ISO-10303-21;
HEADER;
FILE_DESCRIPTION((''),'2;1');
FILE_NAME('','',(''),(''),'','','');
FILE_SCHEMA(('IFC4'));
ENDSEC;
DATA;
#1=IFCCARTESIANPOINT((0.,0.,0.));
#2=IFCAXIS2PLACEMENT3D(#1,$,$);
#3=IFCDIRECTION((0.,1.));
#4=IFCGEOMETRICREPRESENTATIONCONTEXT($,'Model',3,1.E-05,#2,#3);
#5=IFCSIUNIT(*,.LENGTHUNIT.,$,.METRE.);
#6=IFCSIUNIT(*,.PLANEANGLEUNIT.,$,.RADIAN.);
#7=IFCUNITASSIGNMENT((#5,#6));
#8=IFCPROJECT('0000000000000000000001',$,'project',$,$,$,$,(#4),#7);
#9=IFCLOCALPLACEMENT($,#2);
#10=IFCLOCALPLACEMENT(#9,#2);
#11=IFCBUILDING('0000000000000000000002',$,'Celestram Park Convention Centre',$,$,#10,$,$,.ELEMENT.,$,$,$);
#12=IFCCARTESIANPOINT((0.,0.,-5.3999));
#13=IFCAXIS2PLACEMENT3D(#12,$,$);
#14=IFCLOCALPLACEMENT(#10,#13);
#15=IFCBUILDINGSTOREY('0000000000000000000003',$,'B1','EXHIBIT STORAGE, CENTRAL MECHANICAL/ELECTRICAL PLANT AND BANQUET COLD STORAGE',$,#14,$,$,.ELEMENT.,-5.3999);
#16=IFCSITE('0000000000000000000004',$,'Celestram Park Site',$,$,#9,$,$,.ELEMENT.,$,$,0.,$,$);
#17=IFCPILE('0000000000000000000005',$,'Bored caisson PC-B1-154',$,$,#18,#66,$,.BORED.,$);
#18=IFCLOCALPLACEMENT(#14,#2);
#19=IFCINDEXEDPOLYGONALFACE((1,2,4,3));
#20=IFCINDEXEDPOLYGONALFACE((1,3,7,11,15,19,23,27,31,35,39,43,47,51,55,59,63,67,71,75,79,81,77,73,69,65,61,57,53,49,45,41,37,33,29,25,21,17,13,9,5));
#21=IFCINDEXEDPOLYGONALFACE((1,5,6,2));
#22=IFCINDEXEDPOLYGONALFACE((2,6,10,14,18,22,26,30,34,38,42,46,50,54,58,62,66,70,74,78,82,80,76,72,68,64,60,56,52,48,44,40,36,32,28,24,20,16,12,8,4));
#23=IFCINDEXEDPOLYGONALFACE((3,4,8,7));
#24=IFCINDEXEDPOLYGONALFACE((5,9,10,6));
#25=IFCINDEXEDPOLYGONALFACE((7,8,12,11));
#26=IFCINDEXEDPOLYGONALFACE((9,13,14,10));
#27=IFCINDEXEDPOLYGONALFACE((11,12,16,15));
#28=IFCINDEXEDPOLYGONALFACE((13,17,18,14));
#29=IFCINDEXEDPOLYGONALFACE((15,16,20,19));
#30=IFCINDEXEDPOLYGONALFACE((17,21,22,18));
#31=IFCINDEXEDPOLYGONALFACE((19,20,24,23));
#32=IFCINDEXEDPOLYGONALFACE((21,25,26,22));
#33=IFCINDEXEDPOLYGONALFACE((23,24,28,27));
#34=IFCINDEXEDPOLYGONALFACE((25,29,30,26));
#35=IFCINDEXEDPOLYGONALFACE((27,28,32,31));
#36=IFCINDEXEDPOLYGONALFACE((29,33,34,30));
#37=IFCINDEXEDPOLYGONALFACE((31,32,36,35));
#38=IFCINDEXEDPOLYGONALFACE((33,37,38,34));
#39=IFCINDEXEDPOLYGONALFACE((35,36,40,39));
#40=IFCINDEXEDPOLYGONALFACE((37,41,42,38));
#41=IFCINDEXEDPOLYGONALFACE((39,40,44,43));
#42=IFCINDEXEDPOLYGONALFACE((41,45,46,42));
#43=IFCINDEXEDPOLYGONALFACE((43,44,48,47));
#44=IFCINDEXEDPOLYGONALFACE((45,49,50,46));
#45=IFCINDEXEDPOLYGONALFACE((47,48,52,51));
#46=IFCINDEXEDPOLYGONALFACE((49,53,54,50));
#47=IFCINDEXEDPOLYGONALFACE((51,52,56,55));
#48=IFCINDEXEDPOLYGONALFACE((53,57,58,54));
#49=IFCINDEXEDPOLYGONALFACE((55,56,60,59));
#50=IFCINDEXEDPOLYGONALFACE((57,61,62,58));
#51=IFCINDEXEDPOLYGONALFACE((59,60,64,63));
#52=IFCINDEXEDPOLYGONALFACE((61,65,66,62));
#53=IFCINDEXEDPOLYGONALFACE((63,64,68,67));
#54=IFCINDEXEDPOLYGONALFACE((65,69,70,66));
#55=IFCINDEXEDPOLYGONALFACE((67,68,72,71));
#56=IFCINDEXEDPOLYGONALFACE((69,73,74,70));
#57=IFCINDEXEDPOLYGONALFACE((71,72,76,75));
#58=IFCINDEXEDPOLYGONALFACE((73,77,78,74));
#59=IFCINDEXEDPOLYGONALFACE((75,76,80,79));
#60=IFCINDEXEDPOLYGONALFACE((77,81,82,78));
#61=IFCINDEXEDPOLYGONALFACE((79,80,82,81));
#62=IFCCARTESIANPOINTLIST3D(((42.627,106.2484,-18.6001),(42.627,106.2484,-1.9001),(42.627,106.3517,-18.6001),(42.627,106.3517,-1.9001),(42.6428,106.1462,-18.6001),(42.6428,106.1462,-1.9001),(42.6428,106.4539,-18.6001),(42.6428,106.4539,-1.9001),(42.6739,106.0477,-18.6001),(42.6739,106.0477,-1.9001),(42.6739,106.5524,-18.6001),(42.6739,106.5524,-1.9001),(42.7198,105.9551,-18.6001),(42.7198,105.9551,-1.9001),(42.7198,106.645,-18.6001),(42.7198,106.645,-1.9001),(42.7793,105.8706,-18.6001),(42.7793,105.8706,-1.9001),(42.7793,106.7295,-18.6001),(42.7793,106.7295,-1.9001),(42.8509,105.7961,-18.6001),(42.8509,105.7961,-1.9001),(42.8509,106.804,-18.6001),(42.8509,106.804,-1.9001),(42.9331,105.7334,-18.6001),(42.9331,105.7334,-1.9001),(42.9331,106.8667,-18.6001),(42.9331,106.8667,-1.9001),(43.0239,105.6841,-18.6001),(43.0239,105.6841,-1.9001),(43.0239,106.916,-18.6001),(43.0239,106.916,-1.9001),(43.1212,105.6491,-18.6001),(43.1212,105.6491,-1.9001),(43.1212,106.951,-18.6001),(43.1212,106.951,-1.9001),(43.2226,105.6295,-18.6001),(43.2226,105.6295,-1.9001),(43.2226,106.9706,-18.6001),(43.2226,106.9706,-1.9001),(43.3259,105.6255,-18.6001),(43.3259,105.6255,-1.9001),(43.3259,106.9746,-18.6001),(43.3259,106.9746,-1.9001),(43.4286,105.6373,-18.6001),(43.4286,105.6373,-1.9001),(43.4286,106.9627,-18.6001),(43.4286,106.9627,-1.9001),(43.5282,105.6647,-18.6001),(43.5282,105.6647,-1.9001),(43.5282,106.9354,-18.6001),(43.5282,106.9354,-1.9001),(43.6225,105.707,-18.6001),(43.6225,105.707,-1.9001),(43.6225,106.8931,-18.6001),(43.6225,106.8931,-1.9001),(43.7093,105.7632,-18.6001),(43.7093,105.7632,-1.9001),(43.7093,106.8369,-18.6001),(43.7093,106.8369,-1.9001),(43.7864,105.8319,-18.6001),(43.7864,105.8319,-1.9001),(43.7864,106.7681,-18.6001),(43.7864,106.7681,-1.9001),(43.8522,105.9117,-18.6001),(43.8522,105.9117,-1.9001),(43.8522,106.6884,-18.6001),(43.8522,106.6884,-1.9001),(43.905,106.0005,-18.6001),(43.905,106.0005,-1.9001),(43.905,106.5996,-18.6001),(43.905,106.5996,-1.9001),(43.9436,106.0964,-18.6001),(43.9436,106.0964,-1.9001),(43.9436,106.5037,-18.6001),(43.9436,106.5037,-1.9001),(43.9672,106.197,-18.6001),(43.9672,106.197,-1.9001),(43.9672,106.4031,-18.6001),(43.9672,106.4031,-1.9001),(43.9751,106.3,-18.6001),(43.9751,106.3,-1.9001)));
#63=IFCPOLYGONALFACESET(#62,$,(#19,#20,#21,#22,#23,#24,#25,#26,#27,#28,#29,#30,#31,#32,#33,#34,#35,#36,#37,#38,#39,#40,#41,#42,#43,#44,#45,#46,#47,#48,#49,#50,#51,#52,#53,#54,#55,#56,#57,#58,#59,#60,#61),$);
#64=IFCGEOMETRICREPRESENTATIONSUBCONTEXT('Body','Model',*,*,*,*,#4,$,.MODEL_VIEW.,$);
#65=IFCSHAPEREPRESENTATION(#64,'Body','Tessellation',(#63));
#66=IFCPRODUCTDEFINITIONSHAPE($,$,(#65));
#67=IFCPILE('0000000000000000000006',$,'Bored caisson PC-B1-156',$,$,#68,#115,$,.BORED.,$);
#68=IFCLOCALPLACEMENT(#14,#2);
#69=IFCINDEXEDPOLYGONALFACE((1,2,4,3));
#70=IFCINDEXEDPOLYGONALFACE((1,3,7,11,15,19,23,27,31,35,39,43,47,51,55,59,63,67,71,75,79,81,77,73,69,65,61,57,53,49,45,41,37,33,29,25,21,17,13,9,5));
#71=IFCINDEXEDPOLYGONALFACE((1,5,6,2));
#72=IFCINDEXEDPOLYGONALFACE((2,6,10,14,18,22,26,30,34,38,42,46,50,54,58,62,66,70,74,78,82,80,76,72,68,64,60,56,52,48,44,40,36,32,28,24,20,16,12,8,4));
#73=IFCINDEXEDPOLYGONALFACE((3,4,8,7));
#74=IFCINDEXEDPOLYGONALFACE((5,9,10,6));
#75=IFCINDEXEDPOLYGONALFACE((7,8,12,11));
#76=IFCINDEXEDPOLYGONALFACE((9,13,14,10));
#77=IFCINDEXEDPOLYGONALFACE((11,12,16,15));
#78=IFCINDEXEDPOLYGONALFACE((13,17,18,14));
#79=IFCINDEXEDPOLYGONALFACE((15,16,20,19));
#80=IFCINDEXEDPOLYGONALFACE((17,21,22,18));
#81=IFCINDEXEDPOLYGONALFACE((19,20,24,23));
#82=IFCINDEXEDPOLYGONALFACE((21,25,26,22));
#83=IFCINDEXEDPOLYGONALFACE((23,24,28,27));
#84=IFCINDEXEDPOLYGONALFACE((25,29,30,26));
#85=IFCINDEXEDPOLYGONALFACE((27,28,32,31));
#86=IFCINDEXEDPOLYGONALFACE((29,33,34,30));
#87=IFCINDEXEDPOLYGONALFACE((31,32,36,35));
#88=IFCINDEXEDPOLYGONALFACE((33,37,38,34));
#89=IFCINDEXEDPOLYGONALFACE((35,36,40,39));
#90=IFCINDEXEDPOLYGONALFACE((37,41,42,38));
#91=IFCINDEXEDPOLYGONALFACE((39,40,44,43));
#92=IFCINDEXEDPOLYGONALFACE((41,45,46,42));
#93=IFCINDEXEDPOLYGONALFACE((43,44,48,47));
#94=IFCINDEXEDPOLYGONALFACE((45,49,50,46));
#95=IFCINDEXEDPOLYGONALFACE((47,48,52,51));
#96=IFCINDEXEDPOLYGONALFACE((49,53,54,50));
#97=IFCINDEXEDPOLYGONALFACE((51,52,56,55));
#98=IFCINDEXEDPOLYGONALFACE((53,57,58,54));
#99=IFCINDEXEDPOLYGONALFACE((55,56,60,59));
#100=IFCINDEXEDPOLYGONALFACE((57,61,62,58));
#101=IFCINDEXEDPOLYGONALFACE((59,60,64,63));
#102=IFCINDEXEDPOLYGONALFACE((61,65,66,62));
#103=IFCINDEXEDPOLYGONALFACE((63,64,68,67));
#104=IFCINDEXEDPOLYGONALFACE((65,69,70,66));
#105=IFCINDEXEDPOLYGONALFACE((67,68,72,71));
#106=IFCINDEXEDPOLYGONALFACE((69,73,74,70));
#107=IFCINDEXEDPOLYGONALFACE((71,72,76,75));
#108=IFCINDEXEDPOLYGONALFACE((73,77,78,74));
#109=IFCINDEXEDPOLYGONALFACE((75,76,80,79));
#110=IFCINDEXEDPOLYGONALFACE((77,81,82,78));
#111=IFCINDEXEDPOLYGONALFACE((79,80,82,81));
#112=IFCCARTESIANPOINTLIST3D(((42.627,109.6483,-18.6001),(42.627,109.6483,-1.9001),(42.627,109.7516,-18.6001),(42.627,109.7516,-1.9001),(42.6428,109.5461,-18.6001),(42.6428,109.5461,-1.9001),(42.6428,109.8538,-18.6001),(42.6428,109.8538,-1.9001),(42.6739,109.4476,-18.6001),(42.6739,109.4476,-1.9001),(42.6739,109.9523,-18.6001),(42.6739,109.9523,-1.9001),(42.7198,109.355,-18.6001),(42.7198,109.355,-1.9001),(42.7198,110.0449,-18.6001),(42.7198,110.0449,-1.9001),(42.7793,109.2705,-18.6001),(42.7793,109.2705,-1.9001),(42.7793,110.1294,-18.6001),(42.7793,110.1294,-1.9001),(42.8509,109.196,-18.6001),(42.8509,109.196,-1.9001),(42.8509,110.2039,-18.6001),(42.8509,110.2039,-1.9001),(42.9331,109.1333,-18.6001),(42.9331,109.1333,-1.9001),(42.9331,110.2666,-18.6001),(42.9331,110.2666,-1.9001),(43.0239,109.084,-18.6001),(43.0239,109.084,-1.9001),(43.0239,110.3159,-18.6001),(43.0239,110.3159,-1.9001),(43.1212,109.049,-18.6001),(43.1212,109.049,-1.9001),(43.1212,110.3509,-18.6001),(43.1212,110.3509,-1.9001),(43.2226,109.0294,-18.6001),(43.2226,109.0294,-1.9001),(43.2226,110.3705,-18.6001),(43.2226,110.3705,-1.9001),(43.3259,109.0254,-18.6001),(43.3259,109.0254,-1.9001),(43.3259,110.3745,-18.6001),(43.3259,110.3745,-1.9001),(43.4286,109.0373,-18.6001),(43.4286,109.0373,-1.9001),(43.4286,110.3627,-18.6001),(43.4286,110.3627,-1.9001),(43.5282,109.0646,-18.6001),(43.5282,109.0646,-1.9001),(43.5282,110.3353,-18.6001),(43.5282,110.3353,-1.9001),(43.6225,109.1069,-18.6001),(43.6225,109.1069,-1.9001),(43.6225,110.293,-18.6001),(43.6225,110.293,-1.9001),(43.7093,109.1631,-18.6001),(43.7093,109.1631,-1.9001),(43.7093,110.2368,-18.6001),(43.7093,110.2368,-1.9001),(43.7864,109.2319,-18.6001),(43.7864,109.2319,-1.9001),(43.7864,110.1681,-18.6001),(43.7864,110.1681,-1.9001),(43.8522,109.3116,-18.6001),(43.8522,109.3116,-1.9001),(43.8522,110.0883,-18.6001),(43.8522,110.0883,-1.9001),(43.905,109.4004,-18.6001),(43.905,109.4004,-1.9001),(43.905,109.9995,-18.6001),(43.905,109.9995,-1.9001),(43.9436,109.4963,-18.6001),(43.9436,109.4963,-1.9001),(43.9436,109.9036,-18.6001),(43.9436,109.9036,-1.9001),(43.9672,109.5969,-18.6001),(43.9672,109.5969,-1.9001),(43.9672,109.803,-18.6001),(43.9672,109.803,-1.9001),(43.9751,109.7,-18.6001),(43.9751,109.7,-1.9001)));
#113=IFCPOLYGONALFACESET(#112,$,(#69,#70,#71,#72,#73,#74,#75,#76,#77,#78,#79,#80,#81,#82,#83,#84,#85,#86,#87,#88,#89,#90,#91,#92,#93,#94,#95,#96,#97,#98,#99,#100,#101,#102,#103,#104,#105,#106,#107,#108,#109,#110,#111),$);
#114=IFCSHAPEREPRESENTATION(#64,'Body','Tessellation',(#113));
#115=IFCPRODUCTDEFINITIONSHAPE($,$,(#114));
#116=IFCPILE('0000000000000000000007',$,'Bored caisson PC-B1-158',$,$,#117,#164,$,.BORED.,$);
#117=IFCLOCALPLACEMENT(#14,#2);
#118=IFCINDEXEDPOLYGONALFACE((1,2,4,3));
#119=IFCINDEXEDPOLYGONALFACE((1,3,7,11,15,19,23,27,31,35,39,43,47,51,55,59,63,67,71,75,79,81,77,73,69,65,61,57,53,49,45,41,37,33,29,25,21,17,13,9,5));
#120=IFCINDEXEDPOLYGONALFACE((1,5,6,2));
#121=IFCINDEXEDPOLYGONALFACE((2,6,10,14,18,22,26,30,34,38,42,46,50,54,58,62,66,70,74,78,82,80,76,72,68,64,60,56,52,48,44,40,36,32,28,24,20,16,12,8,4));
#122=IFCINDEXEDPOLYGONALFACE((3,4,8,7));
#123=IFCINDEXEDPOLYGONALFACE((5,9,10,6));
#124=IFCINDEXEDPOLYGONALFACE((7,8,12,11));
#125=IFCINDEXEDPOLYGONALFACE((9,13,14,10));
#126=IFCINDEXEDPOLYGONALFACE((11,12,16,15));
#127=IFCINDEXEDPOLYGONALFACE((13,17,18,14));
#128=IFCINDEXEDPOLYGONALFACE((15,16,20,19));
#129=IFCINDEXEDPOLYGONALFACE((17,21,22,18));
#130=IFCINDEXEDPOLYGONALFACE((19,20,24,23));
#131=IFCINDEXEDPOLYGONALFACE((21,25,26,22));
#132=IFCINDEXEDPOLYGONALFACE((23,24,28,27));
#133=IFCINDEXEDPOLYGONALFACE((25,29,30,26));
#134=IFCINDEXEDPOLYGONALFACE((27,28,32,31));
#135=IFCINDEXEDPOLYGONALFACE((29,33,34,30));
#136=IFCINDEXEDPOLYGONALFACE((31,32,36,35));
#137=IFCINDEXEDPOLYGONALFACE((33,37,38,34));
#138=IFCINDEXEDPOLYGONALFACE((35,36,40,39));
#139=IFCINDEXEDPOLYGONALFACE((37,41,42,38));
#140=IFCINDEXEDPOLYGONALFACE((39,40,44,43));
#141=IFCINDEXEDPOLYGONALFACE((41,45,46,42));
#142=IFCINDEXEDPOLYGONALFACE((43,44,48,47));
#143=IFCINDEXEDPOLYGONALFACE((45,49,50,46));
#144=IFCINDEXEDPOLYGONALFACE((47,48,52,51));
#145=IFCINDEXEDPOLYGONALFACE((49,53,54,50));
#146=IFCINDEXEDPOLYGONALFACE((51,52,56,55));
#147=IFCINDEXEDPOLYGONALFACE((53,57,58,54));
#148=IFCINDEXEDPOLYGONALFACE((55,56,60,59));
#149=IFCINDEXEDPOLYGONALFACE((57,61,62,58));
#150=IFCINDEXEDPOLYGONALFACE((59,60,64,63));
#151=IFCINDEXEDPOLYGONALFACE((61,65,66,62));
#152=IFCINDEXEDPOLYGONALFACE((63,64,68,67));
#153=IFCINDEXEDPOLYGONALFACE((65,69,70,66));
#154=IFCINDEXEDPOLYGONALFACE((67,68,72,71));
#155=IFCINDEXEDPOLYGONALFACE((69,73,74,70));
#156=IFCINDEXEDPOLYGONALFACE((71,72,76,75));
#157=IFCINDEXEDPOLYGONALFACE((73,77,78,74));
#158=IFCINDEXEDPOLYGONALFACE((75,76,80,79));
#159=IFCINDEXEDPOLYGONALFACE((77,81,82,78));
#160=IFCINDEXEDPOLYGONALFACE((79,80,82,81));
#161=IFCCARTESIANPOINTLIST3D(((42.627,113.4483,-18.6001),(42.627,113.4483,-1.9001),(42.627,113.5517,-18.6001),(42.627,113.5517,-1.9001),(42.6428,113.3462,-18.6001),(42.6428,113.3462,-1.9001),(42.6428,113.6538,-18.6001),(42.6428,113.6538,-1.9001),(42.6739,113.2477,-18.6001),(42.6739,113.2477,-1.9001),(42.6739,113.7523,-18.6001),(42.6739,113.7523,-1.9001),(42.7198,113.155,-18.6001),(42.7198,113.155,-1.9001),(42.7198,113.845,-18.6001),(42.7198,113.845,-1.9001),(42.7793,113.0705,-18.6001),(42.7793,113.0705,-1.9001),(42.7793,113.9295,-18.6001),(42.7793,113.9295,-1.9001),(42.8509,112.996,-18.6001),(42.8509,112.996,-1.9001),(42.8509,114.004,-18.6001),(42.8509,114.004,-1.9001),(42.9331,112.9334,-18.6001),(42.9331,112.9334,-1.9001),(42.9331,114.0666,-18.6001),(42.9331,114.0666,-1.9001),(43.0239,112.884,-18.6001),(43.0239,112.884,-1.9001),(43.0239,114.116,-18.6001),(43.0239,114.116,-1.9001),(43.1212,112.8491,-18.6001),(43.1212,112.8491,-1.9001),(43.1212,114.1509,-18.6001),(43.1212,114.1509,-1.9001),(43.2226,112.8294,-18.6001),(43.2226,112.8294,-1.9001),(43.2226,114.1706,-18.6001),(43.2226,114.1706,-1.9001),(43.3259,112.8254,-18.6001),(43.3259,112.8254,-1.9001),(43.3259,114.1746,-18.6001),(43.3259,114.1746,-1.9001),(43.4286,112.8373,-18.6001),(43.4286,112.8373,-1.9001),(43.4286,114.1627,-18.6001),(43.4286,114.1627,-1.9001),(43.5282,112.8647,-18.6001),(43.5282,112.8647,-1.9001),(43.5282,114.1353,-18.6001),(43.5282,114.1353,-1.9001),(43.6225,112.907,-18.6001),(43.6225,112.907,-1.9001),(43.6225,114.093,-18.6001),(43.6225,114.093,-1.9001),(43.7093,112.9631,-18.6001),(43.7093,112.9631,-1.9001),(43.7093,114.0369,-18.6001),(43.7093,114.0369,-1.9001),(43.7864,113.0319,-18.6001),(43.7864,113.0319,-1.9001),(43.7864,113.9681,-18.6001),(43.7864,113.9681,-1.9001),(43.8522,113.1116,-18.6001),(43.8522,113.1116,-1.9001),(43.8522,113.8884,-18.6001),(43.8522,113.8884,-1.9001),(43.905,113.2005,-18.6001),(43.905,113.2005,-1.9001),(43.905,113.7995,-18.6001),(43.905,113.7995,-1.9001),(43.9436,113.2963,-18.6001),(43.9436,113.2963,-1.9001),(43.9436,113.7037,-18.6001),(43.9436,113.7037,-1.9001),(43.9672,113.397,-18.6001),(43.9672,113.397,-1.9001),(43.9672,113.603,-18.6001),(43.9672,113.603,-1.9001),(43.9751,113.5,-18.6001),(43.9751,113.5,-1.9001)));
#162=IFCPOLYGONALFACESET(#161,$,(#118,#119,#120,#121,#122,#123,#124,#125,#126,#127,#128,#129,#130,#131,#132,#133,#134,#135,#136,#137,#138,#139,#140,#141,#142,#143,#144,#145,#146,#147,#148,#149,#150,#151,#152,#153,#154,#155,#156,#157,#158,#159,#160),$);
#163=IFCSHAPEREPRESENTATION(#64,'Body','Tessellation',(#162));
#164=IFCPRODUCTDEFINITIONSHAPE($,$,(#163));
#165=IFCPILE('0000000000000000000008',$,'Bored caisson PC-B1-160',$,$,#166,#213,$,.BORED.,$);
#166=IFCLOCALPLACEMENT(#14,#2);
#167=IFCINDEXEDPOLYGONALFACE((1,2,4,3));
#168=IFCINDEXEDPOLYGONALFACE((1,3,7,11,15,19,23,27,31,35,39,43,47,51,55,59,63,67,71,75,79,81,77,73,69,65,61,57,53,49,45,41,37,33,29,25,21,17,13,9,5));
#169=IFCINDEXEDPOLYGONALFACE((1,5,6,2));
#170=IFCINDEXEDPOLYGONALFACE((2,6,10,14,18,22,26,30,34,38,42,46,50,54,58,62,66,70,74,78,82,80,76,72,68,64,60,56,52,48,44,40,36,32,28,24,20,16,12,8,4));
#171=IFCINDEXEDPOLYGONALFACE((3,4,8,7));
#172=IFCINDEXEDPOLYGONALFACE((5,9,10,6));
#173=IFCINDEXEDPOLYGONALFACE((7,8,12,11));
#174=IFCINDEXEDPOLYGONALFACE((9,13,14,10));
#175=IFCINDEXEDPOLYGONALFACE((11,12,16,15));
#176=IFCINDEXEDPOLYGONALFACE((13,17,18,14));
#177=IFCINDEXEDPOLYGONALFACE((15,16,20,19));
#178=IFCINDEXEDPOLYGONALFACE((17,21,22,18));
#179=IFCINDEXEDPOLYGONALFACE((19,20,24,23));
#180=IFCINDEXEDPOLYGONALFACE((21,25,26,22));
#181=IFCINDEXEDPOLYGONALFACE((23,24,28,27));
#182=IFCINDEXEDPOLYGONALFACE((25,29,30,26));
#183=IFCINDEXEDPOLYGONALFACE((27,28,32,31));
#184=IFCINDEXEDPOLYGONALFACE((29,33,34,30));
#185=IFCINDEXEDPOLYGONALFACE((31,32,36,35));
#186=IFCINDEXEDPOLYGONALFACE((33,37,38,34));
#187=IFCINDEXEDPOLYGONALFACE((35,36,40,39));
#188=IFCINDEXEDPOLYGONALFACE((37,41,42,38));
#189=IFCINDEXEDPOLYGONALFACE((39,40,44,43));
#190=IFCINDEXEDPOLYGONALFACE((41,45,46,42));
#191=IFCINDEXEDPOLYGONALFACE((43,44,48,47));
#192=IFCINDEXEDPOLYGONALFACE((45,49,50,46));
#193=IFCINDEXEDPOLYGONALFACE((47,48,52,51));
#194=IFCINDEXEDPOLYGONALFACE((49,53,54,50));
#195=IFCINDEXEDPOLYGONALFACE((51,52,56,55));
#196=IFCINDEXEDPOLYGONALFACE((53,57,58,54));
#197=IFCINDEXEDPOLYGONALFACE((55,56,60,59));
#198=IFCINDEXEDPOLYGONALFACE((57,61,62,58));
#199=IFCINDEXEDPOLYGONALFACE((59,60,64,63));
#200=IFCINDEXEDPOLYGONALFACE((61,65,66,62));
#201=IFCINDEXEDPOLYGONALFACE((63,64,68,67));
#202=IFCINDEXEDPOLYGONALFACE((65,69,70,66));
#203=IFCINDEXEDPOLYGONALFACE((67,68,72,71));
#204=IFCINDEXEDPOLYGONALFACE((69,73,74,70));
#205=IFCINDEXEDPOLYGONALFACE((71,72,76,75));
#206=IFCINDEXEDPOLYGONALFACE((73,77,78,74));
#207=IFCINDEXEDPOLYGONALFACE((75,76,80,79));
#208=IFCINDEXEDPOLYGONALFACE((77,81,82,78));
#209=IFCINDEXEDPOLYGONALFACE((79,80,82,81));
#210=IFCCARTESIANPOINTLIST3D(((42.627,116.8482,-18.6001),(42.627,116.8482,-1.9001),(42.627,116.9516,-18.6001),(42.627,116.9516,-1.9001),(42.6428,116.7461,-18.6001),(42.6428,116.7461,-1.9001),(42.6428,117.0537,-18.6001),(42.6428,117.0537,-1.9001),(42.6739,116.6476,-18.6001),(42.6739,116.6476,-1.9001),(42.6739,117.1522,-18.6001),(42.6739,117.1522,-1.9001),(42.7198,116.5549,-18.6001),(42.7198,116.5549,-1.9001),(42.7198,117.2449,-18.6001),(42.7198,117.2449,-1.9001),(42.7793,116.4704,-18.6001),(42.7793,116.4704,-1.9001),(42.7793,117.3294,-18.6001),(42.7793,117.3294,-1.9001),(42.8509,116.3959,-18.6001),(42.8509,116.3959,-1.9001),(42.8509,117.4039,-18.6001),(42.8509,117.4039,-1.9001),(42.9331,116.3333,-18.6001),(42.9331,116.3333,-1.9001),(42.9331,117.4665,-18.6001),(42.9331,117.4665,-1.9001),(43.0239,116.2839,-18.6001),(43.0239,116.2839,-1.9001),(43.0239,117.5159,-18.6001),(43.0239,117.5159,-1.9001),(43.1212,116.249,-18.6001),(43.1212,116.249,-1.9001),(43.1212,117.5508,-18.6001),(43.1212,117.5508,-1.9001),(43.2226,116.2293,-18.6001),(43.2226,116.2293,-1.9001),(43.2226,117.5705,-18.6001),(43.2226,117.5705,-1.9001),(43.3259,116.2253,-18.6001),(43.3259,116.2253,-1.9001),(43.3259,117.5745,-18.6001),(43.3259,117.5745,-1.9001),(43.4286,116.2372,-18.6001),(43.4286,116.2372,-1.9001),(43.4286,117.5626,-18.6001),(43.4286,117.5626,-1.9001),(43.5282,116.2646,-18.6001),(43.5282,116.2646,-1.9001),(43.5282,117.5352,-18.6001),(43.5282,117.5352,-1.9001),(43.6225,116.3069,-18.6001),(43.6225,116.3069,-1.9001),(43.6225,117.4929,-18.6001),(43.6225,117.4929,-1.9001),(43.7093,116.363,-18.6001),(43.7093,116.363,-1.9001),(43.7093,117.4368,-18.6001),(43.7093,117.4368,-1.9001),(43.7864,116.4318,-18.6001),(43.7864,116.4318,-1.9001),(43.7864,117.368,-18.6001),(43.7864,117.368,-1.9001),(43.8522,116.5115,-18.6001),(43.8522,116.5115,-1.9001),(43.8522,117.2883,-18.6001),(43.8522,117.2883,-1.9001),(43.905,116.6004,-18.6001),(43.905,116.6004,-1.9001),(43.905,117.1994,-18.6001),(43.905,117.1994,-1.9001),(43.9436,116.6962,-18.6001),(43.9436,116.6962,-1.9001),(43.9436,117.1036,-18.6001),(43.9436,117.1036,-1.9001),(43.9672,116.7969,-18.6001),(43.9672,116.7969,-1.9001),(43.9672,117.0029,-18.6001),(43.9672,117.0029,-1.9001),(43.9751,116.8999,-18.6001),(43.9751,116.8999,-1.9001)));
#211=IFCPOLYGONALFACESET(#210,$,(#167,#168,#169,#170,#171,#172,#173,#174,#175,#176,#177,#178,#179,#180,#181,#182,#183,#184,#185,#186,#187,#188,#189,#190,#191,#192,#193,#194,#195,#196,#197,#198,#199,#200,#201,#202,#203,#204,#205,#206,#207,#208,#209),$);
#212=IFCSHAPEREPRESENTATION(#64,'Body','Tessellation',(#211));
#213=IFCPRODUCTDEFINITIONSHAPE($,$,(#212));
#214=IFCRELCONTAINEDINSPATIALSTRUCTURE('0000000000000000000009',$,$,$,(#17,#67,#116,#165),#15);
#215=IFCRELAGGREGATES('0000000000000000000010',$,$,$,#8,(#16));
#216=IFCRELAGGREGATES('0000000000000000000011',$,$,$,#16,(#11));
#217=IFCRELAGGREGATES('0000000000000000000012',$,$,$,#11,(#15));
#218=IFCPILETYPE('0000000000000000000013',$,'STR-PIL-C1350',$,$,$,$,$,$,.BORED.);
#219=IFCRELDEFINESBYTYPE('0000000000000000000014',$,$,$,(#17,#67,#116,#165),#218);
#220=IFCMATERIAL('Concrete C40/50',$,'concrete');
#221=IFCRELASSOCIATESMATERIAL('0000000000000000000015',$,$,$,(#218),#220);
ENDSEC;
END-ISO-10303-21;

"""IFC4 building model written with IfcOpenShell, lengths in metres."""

from ifc_helpers import new_model, si_unit, direction, frame, origin, origin_2d, place, context, subcontext, project, spatial, circle, extrude, material, material_profile, profile_set, type_object, element, save


model = new_model("IFC4")

# Units and contexts
model_context = context("Model", 3, precision=1e-05, world=origin(), true_north=direction((0.0, 1.0)))
body_context = subcontext(model_context, "Body", "Model", "MODEL_VIEW")
ifc_project = project(units=[si_unit("LENGTHUNIT", "METRE"), si_unit("PLANEANGLEUNIT", "RADIAN")], contexts=[model_context])

# Site, building, storey
site_placement = place(None, origin())
site = spatial("IfcSite", under=ifc_project, at=site_placement, Name="Celestram Park Site", CompositionType="ELEMENT", RefElevation=0.0)
building_placement = place(site_placement, origin())
building = spatial("IfcBuilding", under=site, at=building_placement, Name="Celestram Park Convention Centre", CompositionType="ELEMENT")
storey_placement = place(building_placement, frame((0.0, 0.0, -5.3999)))
storey = spatial("IfcBuildingStorey", under=building, at=storey_placement, Name="B1", Description="EXHIBIT STORAGE, CENTRAL MECHANICAL/ELECTRICAL PLANT AND BANQUET COLD STORAGE", CompositionType="ELEMENT", Elevation=-5.3999)

# Shared definitions
ifc_material_1 = material(Name="Concrete C40/50", Category="concrete")

# Piles
ifc_material_profile_1 = material_profile(ifc_material_1, circle(Radius=0.675, at=origin_2d()), Name="CAISSON1350")
ifc_profile_set_1 = profile_set([ifc_material_profile_1], Name="Concrete C40/50")
pile_type_1 = type_object("IfcPileType", Name="STR-PIL-C1350", PredefinedType="BORED", material=ifc_profile_set_1)
for number, where, z_axis, x_axis, name in (
    (1, (43.3, 106.3, -1.9001), (0.0, 0.0, -1.0), (1.0, 0.0, 0.0), "Bored caisson PC-B1-154"),
    (2, (43.3, 109.7, -1.9001), (0.0, 0.0, -1.0), (1.0, 0.0, 0.0), "Bored caisson PC-B1-156"),
    (3, (43.3, 113.5, -1.9001), (0.0, 0.0, -1.0), (1.0, 0.0, 0.0), "Bored caisson PC-B1-158"),
    (4, (43.3, 116.8999, -1.9001), (0.0, 0.0, -1.0), (1.0, 0.0, 0.0), "Bored caisson PC-B1-160"),
):
    element("IfcPile", number, at=place(storey_placement, frame(where, z_axis=z_axis, x_axis=x_axis)), inside=storey, type_object=pile_type_1, Name=name, PredefinedType="BORED", context=body_context, shape_type="SweptSolid", body=[
        extrude(circle(Radius=0.675, at=origin_2d()), origin(), (0.0, 0.0, 1.0), 16.7),
    ])

save(model, "model.ifc")
